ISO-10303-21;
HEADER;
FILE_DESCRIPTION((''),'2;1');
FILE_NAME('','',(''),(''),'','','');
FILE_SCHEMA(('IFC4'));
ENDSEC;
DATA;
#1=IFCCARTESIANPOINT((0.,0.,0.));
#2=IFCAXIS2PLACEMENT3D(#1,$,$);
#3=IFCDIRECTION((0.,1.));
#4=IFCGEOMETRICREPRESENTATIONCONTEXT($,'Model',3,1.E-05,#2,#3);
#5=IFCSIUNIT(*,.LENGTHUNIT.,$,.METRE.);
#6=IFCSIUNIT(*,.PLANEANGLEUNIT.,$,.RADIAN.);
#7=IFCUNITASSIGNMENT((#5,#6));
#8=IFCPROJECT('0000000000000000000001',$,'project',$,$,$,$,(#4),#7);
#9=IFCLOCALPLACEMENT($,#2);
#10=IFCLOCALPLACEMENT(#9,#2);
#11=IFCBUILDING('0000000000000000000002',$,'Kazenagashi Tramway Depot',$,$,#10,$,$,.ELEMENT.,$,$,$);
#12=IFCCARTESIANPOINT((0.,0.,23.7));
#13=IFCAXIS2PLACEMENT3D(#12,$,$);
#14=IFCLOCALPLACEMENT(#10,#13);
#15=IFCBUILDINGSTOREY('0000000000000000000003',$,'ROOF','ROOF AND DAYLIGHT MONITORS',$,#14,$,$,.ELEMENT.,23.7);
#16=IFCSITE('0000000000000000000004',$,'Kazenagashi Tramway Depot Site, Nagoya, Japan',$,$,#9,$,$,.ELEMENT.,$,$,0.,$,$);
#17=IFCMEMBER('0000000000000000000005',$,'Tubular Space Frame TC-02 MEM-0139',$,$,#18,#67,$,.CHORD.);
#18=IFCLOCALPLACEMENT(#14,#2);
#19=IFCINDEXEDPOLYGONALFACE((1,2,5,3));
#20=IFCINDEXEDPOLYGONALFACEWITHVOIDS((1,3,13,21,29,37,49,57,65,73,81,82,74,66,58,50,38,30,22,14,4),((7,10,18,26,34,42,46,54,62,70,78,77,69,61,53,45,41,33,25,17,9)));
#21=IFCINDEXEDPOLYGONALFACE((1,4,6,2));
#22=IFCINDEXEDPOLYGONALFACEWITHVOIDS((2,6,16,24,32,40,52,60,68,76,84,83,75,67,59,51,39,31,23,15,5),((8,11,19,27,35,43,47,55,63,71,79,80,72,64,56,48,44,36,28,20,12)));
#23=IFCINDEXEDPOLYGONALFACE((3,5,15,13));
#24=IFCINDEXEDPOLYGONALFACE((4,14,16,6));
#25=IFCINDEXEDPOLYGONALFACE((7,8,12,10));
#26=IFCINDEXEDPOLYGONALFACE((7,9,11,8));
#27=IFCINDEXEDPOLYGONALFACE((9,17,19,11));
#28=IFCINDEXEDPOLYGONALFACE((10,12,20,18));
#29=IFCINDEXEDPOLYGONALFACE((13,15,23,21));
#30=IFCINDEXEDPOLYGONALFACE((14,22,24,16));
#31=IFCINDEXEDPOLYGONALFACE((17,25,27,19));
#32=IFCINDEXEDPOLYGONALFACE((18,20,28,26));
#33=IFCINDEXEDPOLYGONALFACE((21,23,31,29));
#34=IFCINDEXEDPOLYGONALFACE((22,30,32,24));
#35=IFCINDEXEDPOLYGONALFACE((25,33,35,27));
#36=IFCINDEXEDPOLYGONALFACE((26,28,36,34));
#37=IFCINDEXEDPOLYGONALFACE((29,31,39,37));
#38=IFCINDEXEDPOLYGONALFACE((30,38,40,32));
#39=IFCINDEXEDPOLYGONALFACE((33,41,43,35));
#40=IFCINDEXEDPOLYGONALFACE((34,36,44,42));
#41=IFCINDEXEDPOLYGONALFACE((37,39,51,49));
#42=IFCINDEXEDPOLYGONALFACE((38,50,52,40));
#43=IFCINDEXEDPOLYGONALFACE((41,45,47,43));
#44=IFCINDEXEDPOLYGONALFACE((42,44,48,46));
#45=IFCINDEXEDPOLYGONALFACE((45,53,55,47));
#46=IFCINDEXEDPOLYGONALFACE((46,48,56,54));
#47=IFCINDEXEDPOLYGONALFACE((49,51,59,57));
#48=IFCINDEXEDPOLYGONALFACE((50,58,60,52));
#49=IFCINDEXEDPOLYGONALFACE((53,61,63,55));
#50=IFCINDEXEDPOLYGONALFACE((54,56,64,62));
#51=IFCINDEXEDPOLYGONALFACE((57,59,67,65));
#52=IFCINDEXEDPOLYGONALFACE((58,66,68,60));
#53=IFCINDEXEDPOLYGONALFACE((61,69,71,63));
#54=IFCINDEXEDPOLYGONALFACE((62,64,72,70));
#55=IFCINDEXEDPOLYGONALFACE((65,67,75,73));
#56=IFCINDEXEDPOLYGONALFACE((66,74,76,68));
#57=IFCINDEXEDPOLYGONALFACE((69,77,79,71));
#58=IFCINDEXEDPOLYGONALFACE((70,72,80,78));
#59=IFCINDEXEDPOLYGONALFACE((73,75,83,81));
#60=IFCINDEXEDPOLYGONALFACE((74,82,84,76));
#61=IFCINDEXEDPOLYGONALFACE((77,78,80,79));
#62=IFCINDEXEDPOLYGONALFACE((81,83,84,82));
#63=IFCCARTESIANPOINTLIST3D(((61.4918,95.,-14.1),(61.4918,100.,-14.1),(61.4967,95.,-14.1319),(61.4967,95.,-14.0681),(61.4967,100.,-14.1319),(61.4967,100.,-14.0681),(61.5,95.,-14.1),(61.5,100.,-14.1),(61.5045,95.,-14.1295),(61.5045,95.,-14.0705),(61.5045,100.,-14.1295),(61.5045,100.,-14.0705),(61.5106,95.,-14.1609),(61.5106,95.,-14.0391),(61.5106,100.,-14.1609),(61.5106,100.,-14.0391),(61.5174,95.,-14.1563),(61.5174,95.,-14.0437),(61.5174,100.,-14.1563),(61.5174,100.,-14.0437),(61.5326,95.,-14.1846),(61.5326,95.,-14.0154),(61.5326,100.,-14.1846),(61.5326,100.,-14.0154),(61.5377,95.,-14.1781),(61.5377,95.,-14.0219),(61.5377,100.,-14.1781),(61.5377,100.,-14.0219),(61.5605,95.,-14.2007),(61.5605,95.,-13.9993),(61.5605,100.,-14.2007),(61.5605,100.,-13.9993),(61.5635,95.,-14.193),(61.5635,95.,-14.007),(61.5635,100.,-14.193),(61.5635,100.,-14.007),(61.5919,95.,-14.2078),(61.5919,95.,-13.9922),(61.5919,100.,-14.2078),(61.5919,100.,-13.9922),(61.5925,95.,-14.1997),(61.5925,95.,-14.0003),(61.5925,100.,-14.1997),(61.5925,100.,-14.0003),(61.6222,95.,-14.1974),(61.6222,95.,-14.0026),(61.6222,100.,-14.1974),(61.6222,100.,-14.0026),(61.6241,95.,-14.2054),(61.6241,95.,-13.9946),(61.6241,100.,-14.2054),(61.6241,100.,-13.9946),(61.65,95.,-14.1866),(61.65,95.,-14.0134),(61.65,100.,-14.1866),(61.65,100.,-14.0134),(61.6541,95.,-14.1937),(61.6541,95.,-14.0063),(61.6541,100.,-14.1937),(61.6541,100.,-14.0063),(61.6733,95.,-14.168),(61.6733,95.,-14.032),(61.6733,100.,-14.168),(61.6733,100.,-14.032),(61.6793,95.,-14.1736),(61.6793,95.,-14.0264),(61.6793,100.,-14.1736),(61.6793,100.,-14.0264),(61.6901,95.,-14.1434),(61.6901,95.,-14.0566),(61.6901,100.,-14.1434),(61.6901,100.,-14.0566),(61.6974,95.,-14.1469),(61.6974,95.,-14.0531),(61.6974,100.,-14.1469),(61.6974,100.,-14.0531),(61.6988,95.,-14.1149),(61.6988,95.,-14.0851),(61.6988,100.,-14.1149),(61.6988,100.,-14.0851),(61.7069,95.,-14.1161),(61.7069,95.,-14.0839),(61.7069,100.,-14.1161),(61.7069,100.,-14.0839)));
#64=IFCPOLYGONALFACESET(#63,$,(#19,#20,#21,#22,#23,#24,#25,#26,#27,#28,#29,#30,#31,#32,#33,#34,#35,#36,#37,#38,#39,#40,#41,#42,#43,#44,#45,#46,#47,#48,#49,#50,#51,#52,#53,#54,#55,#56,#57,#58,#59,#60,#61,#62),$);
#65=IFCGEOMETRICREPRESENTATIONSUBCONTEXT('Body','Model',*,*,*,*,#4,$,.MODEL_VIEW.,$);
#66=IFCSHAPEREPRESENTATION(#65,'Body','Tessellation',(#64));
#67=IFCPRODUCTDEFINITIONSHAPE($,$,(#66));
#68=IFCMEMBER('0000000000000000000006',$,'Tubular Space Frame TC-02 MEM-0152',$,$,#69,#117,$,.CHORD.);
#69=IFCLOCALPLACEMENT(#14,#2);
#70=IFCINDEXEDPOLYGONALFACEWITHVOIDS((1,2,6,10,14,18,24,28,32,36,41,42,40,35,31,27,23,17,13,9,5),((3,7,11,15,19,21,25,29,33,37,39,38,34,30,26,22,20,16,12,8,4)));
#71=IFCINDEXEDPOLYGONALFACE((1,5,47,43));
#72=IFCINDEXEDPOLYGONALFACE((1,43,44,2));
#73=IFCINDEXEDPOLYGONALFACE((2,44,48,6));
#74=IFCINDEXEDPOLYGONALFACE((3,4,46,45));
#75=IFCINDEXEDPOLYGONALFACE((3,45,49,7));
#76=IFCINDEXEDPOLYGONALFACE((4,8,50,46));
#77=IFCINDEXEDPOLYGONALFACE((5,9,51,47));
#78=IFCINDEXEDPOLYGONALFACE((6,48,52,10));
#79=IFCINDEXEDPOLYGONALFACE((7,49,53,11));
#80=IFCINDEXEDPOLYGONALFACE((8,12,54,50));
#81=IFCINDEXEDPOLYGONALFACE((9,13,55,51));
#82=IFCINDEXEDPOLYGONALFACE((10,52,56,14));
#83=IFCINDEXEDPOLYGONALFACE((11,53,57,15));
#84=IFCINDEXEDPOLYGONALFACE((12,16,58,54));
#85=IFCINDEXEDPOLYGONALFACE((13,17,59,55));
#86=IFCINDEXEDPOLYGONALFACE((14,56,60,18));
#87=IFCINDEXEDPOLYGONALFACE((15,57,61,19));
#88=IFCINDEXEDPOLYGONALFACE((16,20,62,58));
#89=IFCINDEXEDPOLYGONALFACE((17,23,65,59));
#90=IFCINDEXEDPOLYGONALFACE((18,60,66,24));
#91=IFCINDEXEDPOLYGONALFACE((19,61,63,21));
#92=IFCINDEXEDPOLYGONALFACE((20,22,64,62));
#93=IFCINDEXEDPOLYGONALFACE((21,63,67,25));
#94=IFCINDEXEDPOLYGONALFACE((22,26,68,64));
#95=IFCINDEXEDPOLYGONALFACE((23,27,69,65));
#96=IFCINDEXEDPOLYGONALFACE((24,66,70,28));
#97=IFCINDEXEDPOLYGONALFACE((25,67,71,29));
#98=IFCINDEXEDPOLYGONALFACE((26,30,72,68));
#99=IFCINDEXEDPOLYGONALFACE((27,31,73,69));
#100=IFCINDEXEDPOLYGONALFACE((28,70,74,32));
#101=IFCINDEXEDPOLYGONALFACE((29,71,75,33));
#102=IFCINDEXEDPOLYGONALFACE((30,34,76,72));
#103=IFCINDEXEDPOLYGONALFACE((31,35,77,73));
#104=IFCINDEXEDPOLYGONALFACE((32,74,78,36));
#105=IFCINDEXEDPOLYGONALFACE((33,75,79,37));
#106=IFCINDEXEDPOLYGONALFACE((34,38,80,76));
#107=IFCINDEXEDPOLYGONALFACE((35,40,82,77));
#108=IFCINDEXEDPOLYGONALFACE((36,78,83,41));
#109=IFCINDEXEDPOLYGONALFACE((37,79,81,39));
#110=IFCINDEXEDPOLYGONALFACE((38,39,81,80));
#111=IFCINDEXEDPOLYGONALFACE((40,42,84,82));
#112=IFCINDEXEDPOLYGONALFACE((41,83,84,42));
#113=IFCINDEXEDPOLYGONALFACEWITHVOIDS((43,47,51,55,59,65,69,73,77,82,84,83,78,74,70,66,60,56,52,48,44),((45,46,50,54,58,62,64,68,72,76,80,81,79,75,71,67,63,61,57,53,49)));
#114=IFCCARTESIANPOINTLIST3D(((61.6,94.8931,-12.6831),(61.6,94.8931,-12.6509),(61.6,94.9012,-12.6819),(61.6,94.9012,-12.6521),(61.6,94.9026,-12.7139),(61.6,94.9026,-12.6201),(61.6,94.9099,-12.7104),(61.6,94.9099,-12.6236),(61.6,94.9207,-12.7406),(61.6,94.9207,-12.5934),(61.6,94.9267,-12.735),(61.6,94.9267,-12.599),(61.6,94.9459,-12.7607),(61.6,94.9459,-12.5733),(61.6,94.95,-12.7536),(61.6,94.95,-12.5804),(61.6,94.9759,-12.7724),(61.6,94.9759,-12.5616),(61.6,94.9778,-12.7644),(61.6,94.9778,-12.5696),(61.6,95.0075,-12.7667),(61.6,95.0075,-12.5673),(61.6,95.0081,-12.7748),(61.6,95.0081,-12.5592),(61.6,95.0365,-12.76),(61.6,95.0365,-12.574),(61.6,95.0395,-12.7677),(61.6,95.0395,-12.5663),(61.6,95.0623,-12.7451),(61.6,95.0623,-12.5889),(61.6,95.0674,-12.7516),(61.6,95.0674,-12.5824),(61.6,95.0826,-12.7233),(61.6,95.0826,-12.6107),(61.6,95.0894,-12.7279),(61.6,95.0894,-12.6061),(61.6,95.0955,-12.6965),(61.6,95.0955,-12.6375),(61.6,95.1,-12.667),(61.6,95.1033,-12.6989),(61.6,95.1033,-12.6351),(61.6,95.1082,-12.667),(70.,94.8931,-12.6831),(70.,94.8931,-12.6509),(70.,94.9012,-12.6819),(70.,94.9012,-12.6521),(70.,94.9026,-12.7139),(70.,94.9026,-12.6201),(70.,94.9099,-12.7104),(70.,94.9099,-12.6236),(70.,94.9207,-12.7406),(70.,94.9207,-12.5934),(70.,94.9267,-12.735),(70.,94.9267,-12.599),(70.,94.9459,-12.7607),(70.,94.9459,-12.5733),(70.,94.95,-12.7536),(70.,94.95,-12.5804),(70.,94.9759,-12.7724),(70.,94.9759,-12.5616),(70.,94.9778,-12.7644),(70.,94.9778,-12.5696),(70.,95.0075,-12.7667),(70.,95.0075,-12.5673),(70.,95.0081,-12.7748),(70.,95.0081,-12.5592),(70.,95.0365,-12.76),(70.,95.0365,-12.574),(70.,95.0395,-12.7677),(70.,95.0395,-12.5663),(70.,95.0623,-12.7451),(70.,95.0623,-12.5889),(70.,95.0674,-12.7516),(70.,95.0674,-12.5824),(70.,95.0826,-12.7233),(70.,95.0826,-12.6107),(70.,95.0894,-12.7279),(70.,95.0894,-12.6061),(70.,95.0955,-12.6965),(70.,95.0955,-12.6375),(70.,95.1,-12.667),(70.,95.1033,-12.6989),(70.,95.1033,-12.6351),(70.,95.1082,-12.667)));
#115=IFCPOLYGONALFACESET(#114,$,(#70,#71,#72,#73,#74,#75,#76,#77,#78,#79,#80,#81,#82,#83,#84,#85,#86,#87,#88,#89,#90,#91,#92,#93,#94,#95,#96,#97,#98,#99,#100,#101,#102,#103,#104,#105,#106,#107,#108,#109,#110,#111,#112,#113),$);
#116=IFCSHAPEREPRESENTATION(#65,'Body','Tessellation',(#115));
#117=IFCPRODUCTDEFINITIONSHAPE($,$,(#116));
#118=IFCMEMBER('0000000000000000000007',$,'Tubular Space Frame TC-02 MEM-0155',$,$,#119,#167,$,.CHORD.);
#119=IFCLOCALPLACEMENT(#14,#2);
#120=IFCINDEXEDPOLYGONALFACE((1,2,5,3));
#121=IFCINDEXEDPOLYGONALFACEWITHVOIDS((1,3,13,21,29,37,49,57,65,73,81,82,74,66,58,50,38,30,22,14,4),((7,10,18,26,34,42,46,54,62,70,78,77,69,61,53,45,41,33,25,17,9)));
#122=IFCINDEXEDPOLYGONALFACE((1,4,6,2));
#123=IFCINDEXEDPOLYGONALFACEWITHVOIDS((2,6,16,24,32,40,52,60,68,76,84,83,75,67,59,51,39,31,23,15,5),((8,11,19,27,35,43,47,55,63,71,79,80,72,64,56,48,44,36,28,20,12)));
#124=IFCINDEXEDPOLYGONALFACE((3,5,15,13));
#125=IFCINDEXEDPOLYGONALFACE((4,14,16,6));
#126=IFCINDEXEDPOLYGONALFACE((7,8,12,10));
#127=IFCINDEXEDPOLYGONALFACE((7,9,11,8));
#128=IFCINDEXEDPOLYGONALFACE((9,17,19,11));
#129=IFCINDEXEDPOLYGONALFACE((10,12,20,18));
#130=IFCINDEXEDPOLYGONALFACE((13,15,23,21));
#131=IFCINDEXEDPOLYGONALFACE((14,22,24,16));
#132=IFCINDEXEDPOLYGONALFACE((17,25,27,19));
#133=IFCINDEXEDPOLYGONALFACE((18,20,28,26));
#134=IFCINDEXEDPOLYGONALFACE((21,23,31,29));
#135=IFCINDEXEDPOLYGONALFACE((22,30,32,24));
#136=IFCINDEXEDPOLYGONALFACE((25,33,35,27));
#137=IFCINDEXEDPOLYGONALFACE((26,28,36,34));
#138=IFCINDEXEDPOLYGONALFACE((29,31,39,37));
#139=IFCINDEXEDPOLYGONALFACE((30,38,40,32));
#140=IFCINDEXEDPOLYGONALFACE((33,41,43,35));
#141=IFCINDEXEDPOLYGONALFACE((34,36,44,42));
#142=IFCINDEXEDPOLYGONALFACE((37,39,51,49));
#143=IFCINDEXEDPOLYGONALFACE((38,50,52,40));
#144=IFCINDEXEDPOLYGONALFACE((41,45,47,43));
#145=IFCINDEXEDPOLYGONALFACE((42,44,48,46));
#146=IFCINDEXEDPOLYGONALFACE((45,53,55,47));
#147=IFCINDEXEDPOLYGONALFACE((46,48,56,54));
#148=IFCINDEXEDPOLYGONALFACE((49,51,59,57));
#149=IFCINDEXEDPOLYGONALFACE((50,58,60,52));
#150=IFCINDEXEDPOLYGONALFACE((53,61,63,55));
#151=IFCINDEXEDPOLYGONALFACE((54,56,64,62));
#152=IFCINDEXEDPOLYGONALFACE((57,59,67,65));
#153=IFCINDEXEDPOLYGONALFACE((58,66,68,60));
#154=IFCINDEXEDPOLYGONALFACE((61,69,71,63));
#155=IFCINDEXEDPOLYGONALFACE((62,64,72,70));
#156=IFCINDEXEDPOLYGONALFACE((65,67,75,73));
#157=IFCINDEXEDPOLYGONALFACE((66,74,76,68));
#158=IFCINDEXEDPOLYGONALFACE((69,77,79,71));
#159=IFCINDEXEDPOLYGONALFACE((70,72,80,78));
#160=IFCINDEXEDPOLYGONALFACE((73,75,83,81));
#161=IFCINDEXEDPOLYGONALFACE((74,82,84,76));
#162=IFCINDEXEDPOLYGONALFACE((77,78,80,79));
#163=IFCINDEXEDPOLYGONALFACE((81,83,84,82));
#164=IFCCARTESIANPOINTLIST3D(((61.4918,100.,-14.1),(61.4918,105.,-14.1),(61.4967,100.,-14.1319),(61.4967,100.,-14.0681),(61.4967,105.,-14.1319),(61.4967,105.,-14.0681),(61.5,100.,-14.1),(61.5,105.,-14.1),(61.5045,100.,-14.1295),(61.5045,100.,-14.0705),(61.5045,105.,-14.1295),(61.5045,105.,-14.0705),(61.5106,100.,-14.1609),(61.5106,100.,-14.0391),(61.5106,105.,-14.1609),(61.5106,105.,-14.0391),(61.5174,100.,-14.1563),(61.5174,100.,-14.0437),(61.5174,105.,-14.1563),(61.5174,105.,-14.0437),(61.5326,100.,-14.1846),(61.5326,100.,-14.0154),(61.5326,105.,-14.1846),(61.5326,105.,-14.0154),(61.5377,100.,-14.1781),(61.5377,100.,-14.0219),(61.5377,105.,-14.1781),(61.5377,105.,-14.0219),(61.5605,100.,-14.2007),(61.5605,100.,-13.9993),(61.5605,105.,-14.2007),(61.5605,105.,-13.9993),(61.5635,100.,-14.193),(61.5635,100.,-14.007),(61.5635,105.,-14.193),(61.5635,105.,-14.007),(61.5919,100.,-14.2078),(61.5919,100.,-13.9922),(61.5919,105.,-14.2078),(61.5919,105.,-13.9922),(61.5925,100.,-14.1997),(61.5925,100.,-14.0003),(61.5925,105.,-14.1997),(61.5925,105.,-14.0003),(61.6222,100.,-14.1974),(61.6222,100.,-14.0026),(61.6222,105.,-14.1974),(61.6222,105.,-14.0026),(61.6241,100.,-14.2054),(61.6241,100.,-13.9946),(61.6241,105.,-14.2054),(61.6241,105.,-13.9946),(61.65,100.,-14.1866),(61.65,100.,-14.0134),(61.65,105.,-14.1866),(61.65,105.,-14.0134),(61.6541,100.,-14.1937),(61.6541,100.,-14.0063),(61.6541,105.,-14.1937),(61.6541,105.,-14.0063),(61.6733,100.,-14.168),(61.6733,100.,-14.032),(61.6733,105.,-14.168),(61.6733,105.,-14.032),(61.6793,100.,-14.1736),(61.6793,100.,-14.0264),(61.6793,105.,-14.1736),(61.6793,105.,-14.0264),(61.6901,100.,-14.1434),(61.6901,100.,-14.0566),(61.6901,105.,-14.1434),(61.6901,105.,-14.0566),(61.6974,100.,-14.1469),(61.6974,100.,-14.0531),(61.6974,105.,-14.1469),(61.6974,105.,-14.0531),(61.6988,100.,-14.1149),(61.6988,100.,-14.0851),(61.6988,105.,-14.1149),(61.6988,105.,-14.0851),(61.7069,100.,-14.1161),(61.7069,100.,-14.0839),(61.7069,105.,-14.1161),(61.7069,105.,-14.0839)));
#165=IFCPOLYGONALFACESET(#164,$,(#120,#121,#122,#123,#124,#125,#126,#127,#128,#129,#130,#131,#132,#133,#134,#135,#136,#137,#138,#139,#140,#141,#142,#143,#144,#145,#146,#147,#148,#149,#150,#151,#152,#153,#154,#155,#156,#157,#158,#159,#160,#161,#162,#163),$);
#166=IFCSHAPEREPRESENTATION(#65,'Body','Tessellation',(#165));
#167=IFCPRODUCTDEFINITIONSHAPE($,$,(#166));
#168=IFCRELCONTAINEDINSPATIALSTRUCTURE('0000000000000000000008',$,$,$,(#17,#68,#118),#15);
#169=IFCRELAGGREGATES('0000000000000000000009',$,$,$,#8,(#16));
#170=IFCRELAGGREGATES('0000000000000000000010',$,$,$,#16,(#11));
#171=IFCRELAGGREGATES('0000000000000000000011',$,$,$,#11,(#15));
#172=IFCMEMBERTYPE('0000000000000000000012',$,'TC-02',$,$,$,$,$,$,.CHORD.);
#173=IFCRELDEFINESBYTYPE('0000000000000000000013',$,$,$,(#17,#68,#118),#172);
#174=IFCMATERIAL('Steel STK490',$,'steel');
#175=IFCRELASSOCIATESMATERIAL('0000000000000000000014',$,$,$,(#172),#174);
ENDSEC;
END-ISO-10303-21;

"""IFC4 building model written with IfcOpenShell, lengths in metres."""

from ifc_helpers import new_model, si_unit, direction, frame, origin, origin_2d, place, context, subcontext, project, spatial, hollow_circle, extrude, material, material_profile, profile_set, type_object, element, save


model = new_model("IFC4")

# Units and contexts
model_context = context("Model", 3, precision=1e-05, world=origin(), true_north=direction((0.0, 1.0)))
body_context = subcontext(model_context, "Body", "Model", "MODEL_VIEW")
ifc_project = project(units=[si_unit("LENGTHUNIT", "METRE"), si_unit("PLANEANGLEUNIT", "RADIAN")], contexts=[model_context])

# Site, building, storey
site_placement = place(None, origin())
site = spatial("IfcSite", under=ifc_project, at=site_placement, Name="Kazenagashi Tramway Depot Site, Nagoya, Japan", CompositionType="ELEMENT", RefElevation=0.0)
building_placement = place(site_placement, origin())
building = spatial("IfcBuilding", under=site, at=building_placement, Name="Kazenagashi Tramway Depot", CompositionType="ELEMENT")
storey_placement = place(building_placement, frame((0.0, 0.0, 23.7)))
storey = spatial("IfcBuildingStorey", under=building, at=storey_placement, Name="ROOF", Description="ROOF AND DAYLIGHT MONITORS", CompositionType="ELEMENT", Elevation=23.7)

# Members
ifc_material_1 = material(Name="Steel STK490", Category="steel")
ifc_material_profile_1 = material_profile(ifc_material_1, hollow_circle(Radius=0.1081, WallThickness=0.0082, at=origin_2d()), Name="CHS-216.3x8.2")
ifc_profile_set_1 = profile_set([ifc_material_profile_1], Name="Steel STK490")
member_type_1 = type_object("IfcMemberType", Name="TC-02", PredefinedType="CHORD", material=ifc_profile_set_1)
for number, where, z_axis, x_axis, name in (
    (1, (61.6, 95.0, -14.1), (0.0, 1.0, 0.0), (-1.0, 0.0, 0.0), "Tubular Space Frame TC-02 MEM-0139"),
):
    element("IfcMember", number, at=place(storey_placement, frame(where, z_axis=z_axis, x_axis=x_axis)), inside=storey, type_object=member_type_1, Name=name, PredefinedType="CHORD", context=body_context, shape_type="SweptSolid", body=[
        extrude(hollow_circle(Radius=0.1081, WallThickness=0.0082, at=origin_2d()), origin(), (0.0, 0.0, 1.0), 5.0),
    ])
member_1_placement = place(storey_placement, frame((61.6, 95.0, -12.667), z_axis=(1.0, 0.0, 0.0), x_axis=(0.0, 1.0, 0.0)))
element("IfcMember", 2, at=member_1_placement, inside=storey, type_object=member_type_1, Name="Tubular Space Frame TC-02 MEM-0152", PredefinedType="CHORD", context=body_context, shape_type="SweptSolid", body=[
    extrude(hollow_circle(Radius=0.1081, WallThickness=0.0082, at=origin_2d()), origin(), (0.0, 0.0, 1.0), 8.4),
])
for number, where, z_axis, x_axis, name in (
    (3, (61.6, 100.0, -14.1), (0.0, 1.0, 0.0), (-1.0, 0.0, 0.0), "Tubular Space Frame TC-02 MEM-0155"),
):
    element("IfcMember", number, at=place(storey_placement, frame(where, z_axis=z_axis, x_axis=x_axis)), inside=storey, type_object=member_type_1, Name=name, PredefinedType="CHORD", context=body_context, shape_type="SweptSolid", body=[
        extrude(hollow_circle(Radius=0.1081, WallThickness=0.0082, at=origin_2d()), origin(), (0.0, 0.0, 1.0), 5.0),
    ])

save(model, "model.ifc")
